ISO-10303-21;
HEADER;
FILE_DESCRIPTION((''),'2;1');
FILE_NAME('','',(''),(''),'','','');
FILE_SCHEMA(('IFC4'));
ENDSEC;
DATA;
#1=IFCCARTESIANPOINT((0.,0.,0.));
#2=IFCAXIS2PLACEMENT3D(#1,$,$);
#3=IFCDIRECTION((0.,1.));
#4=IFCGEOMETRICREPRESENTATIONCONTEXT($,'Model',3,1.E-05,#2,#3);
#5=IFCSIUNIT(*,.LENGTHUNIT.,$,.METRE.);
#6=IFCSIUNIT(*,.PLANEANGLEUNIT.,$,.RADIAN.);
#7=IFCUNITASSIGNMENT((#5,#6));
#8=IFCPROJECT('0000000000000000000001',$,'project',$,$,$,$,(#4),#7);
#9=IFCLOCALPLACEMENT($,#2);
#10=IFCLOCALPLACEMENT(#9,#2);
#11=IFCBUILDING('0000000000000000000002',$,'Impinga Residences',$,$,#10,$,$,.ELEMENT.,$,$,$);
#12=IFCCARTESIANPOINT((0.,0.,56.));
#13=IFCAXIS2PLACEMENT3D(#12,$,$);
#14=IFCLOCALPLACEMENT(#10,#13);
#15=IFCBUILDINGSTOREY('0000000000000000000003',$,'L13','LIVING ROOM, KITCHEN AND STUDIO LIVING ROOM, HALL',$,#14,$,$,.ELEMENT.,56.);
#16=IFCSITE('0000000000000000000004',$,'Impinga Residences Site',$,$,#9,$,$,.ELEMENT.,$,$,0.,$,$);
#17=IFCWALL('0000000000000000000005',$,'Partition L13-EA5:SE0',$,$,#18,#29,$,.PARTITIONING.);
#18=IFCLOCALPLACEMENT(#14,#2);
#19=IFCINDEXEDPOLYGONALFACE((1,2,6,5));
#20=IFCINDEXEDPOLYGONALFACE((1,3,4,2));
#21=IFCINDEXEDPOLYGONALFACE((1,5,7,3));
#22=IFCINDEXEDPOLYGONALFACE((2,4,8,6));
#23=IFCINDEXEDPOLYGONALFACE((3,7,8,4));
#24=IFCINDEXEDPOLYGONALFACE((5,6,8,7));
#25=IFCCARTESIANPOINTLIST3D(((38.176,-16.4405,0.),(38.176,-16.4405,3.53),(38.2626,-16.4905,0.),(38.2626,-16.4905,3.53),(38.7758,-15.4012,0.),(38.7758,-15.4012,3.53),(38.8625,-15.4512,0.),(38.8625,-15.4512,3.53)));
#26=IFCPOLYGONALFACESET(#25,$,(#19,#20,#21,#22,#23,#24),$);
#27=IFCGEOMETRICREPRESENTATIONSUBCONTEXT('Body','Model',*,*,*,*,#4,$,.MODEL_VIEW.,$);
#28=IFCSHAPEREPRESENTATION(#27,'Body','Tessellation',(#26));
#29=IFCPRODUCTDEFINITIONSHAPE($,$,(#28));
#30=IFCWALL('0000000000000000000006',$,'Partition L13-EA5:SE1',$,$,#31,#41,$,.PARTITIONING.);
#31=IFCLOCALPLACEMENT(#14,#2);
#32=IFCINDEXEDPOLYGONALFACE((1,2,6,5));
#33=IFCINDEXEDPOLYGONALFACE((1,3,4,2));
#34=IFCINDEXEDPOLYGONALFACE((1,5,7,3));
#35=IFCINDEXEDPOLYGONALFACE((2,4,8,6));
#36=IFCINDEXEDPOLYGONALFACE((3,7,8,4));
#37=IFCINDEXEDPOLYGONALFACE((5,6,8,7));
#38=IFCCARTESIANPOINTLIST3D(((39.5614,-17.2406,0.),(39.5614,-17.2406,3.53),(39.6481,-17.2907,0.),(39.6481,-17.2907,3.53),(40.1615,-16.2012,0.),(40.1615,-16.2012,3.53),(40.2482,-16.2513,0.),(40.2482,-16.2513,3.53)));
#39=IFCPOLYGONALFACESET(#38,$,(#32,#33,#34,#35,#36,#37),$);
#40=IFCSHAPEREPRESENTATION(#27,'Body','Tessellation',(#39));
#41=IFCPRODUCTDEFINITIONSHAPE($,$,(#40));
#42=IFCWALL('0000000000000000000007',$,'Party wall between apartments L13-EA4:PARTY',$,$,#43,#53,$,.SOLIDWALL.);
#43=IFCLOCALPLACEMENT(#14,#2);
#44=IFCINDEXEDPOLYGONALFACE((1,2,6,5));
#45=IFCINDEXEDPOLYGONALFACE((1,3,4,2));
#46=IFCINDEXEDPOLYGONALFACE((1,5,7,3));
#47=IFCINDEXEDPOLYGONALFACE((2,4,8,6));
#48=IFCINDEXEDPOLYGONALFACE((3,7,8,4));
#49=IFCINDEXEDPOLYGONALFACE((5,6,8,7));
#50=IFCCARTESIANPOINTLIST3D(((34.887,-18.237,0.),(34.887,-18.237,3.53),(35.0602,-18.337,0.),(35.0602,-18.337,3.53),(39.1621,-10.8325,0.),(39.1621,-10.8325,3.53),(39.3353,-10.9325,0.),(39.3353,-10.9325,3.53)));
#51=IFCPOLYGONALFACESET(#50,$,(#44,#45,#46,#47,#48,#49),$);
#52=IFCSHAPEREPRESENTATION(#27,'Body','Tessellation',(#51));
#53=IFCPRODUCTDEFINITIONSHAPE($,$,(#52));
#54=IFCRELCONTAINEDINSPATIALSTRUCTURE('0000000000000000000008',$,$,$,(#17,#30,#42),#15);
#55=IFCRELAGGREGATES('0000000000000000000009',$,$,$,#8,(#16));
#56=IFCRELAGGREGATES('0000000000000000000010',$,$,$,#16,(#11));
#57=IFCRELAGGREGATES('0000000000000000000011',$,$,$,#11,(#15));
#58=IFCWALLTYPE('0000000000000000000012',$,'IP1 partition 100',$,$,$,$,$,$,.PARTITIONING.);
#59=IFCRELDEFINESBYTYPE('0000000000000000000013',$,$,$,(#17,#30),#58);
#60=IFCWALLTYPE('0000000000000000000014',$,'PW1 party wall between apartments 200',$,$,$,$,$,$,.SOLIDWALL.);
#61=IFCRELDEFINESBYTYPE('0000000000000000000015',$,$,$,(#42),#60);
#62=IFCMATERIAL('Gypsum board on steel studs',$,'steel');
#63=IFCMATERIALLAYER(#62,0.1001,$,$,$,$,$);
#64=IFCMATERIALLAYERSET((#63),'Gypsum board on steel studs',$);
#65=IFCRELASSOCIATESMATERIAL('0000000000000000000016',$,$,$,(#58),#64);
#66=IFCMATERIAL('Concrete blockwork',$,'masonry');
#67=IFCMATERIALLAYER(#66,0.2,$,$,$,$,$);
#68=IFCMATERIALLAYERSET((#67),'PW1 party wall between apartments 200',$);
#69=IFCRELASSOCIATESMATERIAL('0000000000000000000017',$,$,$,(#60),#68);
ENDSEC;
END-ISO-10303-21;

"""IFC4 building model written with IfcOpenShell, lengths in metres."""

from ifc_helpers import new_model, si_unit, direction, frame, frame_2d, origin, place, context, subcontext, project, spatial, rectangle, extrude, material, layer, layer_set, type_object, element, save


model = new_model("IFC4")

# Units and contexts
model_context = context("Model", 3, precision=1e-05, world=origin(), true_north=direction((0.0, 1.0)))
body_context = subcontext(model_context, "Body", "Model", "MODEL_VIEW")
ifc_project = project(units=[si_unit("LENGTHUNIT", "METRE"), si_unit("PLANEANGLEUNIT", "RADIAN")], contexts=[model_context])

# Site, building, storey
site_placement = place(None, origin())
site = spatial("IfcSite", under=ifc_project, at=site_placement, Name="Impinga Residences Site", CompositionType="ELEMENT", RefElevation=0.0)
building_placement = place(site_placement, origin())
building = spatial("IfcBuilding", under=site, at=building_placement, Name="Impinga Residences", CompositionType="ELEMENT")
storey_placement = place(building_placement, frame((0.0, 0.0, 56.0)))
storey = spatial("IfcBuildingStorey", under=building, at=storey_placement, Name="L13", Description="LIVING ROOM, KITCHEN AND STUDIO LIVING ROOM, HALL", CompositionType="ELEMENT", Elevation=56.0)

# Shared definitions
ifc_material_1 = material(Name="Gypsum board on steel studs", Category="steel")
ifc_layer_1 = layer(ifc_material_1, 0.1001)
ifc_layer_set_1 = layer_set([ifc_layer_1], Name="Gypsum board on steel studs")
wall_type_1 = type_object("IfcWallType", Name="IP1 partition 100", PredefinedType="PARTITIONING", material=ifc_layer_set_1)

# Walls
wall_1_placement = place(storey_placement, frame((38.2192, -16.4656, 0.0), z_axis=(0.0, 0.0, 1.0), x_axis=(0.499881, 0.866094, 0.0)))
element("IfcWall", 1, at=wall_1_placement, inside=storey, type_object=wall_type_1, Name="Partition L13-EA5:SE0", PredefinedType="PARTITIONING", context=body_context, shape_type="SweptSolid", body=[
    extrude(rectangle(XDim=1.2, YDim=0.1001, at=frame_2d((0.6001, 0.0))), origin(), (0.0, 0.0, 1.0), 3.53),
])
wall_2_placement = place(storey_placement, frame((39.6047, -17.2656, 0.0), z_axis=(0.0, 0.0, 1.0), x_axis=(0.500034, 0.866006, 0.0)))
element("IfcWall", 2, at=wall_2_placement, inside=storey, type_object=wall_type_1, Name="Partition L13-EA5:SE1", PredefinedType="PARTITIONING", context=body_context, shape_type="SweptSolid", body=[
    extrude(rectangle(XDim=1.2002, YDim=0.1001, at=frame_2d((0.6001, 0.0))), origin(), (0.0, 0.0, 1.0), 3.53),
])
ifc_material_2 = material(Name="Concrete blockwork", Category="masonry")
ifc_layer_2 = layer(ifc_material_2, 0.2)
ifc_layer_set_2 = layer_set([ifc_layer_2], Name="PW1 party wall between apartments 200")
wall_type_2 = type_object("IfcWallType", Name="PW1 party wall between apartments 200", PredefinedType="SOLIDWALL", material=ifc_layer_set_2)
wall_3_placement = place(storey_placement, frame((34.9736, -18.2869, 0.0), z_axis=(0.0, 0.0, 1.0), x_axis=(0.500012, 0.866019, 0.0)))
element("IfcWall", 3, at=wall_3_placement, inside=storey, type_object=wall_type_2, Name="Party wall between apartments L13-EA4:PARTY", PredefinedType="SOLIDWALL", context=body_context, shape_type="SweptSolid", body=[
    extrude(rectangle(XDim=8.55, YDim=0.2, at=frame_2d((4.2749, 0.0))), origin(), (0.0, 0.0, 1.0), 3.53),
])

save(model, "model.ifc")
